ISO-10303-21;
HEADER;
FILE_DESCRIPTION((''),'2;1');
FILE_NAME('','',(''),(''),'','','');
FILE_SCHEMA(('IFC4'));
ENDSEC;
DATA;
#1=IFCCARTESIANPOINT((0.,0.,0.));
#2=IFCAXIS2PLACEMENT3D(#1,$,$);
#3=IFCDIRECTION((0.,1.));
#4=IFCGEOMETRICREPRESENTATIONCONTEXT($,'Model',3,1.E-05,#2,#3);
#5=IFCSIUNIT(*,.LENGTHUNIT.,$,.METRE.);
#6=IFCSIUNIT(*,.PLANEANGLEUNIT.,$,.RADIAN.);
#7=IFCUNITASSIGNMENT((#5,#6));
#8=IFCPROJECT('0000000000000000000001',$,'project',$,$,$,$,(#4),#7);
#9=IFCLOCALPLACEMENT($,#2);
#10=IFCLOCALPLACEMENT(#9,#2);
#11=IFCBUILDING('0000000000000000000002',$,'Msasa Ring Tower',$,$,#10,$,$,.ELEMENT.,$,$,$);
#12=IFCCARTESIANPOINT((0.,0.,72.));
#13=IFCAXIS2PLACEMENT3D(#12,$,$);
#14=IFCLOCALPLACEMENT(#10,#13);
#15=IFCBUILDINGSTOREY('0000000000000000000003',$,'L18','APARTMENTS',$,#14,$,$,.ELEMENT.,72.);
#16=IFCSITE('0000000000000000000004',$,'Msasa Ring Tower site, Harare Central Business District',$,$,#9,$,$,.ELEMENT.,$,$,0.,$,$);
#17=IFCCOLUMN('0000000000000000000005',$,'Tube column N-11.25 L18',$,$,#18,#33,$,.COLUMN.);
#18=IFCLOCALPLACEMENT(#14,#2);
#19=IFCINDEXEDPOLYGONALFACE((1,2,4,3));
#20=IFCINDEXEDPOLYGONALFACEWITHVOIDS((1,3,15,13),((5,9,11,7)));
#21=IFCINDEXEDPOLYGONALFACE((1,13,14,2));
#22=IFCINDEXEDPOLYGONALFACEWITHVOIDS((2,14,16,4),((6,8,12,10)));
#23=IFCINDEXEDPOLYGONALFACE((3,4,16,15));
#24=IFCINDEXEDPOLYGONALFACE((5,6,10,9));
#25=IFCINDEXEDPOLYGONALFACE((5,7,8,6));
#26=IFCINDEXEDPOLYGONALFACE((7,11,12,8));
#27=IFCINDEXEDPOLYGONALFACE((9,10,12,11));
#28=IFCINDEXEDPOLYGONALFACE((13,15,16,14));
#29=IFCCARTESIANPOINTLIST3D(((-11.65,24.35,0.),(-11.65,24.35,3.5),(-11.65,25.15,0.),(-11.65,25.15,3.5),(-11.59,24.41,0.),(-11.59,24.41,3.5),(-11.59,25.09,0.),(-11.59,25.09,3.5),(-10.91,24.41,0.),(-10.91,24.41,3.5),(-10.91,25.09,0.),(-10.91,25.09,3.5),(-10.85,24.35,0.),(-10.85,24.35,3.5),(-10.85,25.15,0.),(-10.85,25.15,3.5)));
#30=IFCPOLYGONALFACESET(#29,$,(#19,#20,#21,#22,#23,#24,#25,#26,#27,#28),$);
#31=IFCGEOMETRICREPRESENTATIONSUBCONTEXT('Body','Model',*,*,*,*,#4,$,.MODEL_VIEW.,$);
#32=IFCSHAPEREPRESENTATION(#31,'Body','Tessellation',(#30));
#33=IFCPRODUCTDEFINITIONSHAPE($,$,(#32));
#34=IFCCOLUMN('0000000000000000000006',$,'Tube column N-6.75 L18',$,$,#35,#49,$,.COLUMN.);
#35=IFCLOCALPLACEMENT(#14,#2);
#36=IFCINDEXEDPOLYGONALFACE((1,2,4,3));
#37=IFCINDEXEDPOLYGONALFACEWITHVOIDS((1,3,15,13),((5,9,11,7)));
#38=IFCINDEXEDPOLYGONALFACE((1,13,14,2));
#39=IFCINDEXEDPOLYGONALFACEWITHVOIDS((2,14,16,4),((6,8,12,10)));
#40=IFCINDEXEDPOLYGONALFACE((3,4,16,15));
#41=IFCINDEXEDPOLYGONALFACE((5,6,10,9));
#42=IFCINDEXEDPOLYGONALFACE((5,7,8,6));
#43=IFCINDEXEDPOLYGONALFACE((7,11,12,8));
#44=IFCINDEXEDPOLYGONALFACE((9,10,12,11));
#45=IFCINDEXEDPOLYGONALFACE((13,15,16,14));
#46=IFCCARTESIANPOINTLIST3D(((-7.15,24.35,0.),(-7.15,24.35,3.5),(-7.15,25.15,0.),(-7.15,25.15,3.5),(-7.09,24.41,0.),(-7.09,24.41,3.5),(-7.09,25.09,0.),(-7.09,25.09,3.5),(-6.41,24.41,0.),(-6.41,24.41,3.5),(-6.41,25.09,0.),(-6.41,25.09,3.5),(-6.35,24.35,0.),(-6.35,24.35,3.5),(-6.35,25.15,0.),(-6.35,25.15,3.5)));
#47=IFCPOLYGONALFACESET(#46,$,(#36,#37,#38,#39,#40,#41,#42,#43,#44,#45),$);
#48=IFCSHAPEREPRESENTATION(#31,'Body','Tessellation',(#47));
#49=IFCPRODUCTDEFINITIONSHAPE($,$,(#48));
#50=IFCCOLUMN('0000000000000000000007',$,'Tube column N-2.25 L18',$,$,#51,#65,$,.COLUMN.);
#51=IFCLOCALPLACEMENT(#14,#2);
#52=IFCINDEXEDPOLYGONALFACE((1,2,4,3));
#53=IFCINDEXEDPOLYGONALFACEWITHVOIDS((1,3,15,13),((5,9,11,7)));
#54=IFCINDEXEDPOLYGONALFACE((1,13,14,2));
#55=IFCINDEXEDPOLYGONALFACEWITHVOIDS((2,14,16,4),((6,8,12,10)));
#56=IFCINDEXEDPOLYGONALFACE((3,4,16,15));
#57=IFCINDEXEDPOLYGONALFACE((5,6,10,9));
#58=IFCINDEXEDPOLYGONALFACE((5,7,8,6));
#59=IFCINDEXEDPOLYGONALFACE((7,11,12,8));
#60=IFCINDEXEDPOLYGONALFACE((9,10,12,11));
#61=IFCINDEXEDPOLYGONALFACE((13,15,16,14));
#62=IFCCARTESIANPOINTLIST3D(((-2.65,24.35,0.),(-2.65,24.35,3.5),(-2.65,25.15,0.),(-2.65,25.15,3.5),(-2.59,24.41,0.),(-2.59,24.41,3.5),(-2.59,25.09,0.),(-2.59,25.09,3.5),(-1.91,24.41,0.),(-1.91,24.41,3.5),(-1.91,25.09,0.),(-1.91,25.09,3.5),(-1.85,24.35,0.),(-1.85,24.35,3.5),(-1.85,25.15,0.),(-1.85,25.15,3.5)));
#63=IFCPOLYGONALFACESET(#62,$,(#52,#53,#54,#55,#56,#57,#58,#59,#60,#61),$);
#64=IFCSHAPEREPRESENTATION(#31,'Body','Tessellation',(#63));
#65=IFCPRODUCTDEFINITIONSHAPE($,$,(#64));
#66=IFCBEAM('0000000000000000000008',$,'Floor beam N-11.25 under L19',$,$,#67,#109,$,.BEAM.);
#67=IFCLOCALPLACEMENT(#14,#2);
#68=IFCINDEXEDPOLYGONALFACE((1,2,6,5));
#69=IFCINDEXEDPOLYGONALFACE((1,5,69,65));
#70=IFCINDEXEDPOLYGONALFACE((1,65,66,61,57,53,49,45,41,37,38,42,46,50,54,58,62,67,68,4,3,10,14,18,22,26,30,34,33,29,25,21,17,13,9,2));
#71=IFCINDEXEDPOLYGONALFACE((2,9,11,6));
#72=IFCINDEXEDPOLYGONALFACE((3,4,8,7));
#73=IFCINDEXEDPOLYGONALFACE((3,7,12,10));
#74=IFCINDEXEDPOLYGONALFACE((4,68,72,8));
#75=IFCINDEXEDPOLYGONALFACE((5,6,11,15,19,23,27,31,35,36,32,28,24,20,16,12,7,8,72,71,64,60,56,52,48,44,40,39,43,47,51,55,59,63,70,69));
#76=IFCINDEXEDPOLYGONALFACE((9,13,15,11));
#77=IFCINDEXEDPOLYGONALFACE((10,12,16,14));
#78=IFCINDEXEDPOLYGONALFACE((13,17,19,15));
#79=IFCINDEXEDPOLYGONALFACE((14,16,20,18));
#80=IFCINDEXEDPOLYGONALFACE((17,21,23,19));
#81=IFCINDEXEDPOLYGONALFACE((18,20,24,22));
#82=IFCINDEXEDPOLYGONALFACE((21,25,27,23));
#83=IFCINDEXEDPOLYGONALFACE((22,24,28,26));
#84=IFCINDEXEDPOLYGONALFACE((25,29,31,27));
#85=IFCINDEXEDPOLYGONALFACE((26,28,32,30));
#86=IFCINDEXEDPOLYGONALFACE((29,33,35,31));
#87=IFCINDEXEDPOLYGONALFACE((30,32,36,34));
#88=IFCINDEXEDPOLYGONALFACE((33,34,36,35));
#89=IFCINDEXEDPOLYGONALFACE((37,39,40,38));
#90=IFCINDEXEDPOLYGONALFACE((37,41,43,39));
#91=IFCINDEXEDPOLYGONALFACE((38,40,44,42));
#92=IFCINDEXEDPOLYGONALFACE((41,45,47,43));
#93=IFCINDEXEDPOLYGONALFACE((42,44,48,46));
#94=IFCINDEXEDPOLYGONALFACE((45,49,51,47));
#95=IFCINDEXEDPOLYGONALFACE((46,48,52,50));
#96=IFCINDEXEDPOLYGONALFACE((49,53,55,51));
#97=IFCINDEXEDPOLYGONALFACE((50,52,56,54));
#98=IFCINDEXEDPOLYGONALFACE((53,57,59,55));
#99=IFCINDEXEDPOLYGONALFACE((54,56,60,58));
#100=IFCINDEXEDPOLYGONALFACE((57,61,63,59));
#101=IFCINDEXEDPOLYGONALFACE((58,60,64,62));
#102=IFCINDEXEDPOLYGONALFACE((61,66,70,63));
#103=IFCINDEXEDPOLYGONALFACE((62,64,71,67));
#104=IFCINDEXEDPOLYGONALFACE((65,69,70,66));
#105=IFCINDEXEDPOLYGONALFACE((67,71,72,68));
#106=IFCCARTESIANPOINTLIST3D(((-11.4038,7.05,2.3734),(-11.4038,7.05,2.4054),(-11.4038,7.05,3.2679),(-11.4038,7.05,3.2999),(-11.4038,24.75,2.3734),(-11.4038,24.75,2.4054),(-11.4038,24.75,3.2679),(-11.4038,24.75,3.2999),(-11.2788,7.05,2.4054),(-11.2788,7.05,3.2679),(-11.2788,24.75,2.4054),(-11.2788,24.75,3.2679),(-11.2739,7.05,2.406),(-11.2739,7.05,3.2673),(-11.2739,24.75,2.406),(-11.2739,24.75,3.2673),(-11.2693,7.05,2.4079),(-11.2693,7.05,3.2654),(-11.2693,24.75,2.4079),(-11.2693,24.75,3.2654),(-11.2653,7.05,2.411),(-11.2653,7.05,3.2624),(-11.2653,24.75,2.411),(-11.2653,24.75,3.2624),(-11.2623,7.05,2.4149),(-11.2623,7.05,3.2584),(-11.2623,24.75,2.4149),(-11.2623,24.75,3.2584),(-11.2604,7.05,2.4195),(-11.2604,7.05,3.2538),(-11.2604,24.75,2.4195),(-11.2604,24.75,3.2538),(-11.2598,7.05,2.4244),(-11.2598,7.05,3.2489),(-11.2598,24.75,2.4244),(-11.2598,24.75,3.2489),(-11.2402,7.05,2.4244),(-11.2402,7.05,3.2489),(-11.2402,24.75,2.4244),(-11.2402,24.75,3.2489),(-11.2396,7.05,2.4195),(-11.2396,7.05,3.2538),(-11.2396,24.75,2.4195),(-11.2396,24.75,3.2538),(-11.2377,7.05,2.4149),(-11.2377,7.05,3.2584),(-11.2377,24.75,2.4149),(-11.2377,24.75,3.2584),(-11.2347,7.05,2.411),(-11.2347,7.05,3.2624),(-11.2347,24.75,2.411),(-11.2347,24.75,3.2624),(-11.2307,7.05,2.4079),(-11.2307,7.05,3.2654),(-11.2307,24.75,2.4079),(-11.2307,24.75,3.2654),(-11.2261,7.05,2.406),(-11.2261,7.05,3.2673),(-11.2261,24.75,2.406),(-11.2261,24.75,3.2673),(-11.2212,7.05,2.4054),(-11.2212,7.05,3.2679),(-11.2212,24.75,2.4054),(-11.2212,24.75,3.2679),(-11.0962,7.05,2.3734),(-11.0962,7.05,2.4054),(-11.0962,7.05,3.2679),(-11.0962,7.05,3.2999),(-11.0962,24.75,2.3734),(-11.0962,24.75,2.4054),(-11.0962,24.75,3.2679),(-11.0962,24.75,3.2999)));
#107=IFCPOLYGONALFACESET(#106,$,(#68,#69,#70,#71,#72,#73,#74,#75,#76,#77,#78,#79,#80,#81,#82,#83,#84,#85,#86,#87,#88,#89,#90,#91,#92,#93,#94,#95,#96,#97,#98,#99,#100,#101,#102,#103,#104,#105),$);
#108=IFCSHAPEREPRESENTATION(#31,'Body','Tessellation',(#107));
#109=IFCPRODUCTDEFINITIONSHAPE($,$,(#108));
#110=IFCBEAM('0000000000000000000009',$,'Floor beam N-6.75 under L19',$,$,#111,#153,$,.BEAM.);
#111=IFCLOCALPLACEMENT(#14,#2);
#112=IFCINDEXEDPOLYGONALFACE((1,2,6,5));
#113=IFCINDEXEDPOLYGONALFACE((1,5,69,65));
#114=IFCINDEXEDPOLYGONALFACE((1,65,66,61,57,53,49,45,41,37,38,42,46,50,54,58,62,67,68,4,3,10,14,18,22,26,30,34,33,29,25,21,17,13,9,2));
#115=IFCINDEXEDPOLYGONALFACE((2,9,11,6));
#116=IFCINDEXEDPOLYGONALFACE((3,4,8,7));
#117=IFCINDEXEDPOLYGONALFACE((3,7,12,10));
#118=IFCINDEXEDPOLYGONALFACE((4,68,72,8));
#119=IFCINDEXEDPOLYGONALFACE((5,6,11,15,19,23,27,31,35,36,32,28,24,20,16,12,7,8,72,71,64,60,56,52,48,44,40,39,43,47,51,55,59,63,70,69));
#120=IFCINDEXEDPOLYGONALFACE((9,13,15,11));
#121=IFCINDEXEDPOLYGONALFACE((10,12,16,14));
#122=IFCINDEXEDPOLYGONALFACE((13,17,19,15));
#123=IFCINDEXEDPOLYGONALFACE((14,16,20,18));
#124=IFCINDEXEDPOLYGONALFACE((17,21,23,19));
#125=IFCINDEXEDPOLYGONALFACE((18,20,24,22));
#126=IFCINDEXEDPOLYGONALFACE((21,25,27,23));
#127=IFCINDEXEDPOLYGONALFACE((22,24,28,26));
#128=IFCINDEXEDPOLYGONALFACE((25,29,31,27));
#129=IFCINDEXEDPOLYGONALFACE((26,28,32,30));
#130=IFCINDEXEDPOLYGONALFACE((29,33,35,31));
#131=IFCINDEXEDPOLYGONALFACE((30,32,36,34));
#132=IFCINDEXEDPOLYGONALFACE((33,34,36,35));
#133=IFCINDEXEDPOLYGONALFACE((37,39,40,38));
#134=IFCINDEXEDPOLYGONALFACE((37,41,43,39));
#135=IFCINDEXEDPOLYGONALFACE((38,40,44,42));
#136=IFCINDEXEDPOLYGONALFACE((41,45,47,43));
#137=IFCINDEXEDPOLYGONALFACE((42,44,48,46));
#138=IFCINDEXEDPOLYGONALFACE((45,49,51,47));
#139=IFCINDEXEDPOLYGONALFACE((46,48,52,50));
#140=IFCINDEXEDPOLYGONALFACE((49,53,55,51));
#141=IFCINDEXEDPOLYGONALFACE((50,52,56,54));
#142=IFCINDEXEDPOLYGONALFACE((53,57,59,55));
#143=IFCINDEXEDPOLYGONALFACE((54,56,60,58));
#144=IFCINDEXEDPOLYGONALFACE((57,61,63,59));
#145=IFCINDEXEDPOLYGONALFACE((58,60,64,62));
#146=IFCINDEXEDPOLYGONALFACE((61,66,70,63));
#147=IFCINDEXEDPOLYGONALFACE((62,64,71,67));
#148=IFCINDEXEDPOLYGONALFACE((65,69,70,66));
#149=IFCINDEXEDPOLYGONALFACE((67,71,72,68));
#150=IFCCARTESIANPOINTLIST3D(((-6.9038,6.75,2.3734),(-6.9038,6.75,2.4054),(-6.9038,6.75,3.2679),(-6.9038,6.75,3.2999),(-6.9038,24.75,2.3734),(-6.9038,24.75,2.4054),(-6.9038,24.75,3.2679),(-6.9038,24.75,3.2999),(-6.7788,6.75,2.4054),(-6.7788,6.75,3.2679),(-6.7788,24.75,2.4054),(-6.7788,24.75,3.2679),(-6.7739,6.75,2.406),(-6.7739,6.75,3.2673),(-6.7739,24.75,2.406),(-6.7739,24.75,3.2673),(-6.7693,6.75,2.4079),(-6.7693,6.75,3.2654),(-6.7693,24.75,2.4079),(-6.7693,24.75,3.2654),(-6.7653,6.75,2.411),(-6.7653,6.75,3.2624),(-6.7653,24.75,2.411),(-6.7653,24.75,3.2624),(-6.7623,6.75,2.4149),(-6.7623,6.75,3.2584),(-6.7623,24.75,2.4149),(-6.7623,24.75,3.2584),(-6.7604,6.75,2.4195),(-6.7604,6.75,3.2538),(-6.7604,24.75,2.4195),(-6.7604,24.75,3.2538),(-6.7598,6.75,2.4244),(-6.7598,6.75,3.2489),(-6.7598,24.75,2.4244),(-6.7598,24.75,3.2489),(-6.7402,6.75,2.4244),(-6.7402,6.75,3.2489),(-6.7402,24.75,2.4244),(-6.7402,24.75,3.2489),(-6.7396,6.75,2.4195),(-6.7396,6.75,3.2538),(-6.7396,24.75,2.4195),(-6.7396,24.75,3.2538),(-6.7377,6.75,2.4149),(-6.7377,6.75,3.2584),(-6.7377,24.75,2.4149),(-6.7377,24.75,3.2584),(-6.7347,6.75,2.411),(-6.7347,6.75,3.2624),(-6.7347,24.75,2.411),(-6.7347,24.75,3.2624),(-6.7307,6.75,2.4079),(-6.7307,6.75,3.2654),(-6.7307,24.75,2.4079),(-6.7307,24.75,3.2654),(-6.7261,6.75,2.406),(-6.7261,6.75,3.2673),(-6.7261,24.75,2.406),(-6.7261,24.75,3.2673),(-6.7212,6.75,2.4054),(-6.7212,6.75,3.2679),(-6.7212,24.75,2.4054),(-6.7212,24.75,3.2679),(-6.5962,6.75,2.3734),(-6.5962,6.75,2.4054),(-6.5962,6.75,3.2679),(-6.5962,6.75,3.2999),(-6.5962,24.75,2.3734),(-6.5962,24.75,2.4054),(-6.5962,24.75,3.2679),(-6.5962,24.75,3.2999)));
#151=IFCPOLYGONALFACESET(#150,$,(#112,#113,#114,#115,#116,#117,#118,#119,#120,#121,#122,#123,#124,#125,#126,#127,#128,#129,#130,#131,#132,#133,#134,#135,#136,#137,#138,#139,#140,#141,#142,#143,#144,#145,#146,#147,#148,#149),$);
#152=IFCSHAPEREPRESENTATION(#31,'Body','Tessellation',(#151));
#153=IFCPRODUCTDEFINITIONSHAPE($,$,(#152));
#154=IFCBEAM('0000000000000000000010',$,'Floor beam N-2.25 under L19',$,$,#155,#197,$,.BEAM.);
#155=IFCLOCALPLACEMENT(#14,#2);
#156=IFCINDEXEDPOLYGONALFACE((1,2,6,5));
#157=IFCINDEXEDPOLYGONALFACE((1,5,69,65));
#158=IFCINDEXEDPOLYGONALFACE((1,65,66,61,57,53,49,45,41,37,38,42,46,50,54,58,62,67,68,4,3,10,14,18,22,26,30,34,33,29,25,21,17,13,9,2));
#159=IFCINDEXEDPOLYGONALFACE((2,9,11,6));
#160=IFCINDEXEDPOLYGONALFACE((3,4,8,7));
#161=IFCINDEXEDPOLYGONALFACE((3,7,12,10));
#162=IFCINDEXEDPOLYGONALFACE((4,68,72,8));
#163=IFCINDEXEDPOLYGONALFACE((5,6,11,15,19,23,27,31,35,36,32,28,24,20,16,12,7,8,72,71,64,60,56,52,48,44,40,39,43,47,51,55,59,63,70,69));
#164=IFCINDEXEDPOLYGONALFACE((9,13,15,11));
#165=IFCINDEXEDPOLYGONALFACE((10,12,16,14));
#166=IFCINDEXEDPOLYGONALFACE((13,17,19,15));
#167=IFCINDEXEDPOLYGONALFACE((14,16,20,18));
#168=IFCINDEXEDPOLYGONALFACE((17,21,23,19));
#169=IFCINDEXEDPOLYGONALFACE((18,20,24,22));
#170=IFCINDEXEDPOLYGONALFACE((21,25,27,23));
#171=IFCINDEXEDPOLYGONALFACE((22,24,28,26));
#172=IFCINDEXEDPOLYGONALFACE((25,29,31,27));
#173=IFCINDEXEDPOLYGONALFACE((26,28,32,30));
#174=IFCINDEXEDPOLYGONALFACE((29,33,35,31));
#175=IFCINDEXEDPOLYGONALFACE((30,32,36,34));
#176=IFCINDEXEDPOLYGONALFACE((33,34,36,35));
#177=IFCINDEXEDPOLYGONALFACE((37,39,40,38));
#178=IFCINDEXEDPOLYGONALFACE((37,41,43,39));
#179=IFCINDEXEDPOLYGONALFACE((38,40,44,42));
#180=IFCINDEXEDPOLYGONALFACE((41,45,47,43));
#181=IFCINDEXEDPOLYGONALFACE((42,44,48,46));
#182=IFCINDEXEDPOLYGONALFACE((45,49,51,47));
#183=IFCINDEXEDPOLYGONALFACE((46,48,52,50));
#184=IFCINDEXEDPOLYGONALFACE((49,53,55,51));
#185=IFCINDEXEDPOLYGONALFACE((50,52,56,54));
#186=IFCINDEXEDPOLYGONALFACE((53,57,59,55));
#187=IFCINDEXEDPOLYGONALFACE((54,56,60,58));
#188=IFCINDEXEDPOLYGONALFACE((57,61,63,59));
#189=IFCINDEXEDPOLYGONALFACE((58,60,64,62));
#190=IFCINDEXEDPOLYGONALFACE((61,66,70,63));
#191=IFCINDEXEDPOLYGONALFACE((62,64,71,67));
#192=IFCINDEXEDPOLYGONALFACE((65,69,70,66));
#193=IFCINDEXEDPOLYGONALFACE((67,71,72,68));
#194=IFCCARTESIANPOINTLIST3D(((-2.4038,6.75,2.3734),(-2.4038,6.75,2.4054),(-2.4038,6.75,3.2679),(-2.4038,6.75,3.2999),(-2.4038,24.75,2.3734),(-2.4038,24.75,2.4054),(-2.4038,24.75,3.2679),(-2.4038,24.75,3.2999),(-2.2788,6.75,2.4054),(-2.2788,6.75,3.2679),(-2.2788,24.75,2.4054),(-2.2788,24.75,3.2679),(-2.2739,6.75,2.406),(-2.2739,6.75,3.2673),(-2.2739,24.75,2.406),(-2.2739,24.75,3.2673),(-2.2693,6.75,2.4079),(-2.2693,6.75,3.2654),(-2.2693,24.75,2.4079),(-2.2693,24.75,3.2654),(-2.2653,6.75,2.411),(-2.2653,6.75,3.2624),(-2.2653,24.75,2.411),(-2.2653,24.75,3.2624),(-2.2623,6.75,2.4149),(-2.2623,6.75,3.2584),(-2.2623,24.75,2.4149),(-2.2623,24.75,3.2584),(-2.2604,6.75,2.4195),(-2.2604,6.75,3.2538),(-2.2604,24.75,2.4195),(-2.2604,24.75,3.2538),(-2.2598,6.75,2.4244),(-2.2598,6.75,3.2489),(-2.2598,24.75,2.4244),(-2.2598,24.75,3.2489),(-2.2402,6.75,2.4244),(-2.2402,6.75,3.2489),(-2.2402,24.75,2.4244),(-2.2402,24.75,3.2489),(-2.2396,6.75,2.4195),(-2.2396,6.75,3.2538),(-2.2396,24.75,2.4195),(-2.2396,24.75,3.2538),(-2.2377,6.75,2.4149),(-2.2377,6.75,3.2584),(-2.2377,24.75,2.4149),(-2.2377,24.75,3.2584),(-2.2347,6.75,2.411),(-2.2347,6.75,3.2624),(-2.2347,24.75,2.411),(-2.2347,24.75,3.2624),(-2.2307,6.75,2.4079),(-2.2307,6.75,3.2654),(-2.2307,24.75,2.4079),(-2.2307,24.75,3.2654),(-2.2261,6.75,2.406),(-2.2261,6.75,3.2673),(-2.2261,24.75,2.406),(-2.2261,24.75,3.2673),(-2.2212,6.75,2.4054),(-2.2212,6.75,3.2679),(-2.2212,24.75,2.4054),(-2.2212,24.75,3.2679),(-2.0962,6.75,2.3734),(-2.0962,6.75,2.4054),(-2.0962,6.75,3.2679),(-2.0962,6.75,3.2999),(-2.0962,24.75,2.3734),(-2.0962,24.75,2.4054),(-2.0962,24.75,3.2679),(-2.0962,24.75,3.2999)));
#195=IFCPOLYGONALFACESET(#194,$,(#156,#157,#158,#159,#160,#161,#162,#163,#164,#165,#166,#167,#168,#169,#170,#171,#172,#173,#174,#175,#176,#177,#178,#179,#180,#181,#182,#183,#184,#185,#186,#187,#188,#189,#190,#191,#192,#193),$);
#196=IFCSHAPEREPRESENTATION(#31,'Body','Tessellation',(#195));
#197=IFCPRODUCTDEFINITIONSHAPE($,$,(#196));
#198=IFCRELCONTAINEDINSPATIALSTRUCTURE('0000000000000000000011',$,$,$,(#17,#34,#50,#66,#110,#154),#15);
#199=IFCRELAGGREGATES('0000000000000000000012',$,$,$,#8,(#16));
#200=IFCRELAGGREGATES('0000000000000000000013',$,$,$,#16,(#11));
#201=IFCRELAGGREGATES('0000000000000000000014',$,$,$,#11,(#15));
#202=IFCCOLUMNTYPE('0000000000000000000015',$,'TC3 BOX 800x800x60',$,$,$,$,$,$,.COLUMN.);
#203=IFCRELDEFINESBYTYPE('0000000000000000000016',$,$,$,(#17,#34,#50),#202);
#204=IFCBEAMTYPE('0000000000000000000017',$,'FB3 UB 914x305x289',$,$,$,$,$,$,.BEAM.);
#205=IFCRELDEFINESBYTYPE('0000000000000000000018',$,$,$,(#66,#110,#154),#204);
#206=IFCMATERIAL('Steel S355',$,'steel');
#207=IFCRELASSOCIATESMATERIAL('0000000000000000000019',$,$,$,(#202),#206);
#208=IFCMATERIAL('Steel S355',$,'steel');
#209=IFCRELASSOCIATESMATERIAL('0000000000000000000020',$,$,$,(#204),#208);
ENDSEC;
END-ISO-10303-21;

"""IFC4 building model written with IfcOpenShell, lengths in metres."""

from ifc_helpers import new_model, si_unit, direction, frame, origin, origin_2d, place, context, subcontext, project, spatial, hollow_rectangle, i_section, extrude, material, material_profile, profile_set, type_object, element, save


model = new_model("IFC4")

# Units and contexts
model_context = context("Model", 3, precision=1e-05, world=origin(), true_north=direction((0.0, 1.0)))
body_context = subcontext(model_context, "Body", "Model", "MODEL_VIEW")
ifc_project = project(units=[si_unit("LENGTHUNIT", "METRE"), si_unit("PLANEANGLEUNIT", "RADIAN")], contexts=[model_context])

# Site, building, storey
site_placement = place(None, origin())
site = spatial("IfcSite", under=ifc_project, at=site_placement, Name="Msasa Ring Tower site, Harare Central Business District", CompositionType="ELEMENT", RefElevation=0.0)
building_placement = place(site_placement, origin())
building = spatial("IfcBuilding", under=site, at=building_placement, Name="Msasa Ring Tower", CompositionType="ELEMENT")
storey_placement = place(building_placement, frame((0.0, 0.0, 72.0)))
storey = spatial("IfcBuildingStorey", under=building, at=storey_placement, Name="L18", Description="APARTMENTS", CompositionType="ELEMENT", Elevation=72.0)

# Columns
ifc_material_1 = material(Name="Steel S355", Category="steel")
ifc_material_profile_1 = material_profile(ifc_material_1, hollow_rectangle(XDim=0.8, YDim=0.8, WallThickness=0.0601, at=origin_2d()), Name="BOX 800x800x60")
ifc_profile_set_1 = profile_set([ifc_material_profile_1], Name="Steel S355")
column_type = type_object("IfcColumnType", Name="TC3 BOX 800x800x60", PredefinedType="COLUMN", material=ifc_profile_set_1)
for number, where, z_axis, x_axis, name in (
    (1, (-11.25, 24.75, 0.0), (0.0, 0.0, 1.0), (0.0, 1.0, 0.0), "Tube column N-11.25 L18"),
    (2, (-6.75, 24.75, 0.0), (0.0, 0.0, 1.0), (0.0, 1.0, 0.0), "Tube column N-6.75 L18"),
    (3, (-2.25, 24.75, 0.0), (0.0, 0.0, 1.0), (0.0, 1.0, 0.0), "Tube column N-2.25 L18"),
):
    element("IfcColumn", number, at=place(storey_placement, frame(where, z_axis=z_axis, x_axis=x_axis)), inside=storey, type_object=column_type, Name=name, PredefinedType="COLUMN", context=body_context, shape_type="SweptSolid", body=[
        extrude(hollow_rectangle(XDim=0.8, YDim=0.8, WallThickness=0.0601, at=origin_2d()), origin(), (0.0, 0.0, 1.0), 3.5),
    ])

# Beams
ifc_material_2 = material(Name="Steel S355", Category="steel")
ifc_material_profile_2 = material_profile(ifc_material_2, i_section(OverallWidth=0.3076, OverallDepth=0.9265, WebThickness=0.0195, FlangeThickness=0.032, FilletRadius=0.019, at=origin_2d()), Name="UB 914x305x289")
ifc_profile_set_2 = profile_set([ifc_material_profile_2], Name="Steel S355")
beam_type_1 = type_object("IfcBeamType", Name="FB3 UB 914x305x289", PredefinedType="BEAM", material=ifc_profile_set_2)
beam_placement = place(storey_placement, frame((-11.25, 24.75, 2.8367), z_axis=(0.0, -1.0, 0.0), x_axis=(1.0, 0.0, 0.0)))
element("IfcBeam", 4, at=beam_placement, inside=storey, type_object=beam_type_1, Name="Floor beam N-11.25 under L19", PredefinedType="BEAM", context=body_context, shape_type="SweptSolid", body=[
    extrude(i_section(OverallWidth=0.3076, OverallDepth=0.9265, WebThickness=0.0195, FlangeThickness=0.032, FilletRadius=0.019, at=origin_2d()), origin(), (0.0, 0.0, 1.0), 17.7),
])
for number, where, z_axis, x_axis, name in (
    (5, (-6.75, 24.75, 2.8367), (0.0, -1.0, 0.0), (1.0, 0.0, 0.0), "Floor beam N-6.75 under L19"),
    (6, (-2.25, 24.75, 2.8367), (0.0, -1.0, 0.0), (1.0, 0.0, 0.0), "Floor beam N-2.25 under L19"),
):
    element("IfcBeam", number, at=place(storey_placement, frame(where, z_axis=z_axis, x_axis=x_axis)), inside=storey, type_object=beam_type_1, Name=name, PredefinedType="BEAM", context=body_context, shape_type="SweptSolid", body=[
        extrude(i_section(OverallWidth=0.3076, OverallDepth=0.9265, WebThickness=0.0195, FlangeThickness=0.032, FilletRadius=0.019, at=origin_2d()), origin(), (0.0, 0.0, 1.0), 18.0),
    ])

save(model, "model.ifc")
